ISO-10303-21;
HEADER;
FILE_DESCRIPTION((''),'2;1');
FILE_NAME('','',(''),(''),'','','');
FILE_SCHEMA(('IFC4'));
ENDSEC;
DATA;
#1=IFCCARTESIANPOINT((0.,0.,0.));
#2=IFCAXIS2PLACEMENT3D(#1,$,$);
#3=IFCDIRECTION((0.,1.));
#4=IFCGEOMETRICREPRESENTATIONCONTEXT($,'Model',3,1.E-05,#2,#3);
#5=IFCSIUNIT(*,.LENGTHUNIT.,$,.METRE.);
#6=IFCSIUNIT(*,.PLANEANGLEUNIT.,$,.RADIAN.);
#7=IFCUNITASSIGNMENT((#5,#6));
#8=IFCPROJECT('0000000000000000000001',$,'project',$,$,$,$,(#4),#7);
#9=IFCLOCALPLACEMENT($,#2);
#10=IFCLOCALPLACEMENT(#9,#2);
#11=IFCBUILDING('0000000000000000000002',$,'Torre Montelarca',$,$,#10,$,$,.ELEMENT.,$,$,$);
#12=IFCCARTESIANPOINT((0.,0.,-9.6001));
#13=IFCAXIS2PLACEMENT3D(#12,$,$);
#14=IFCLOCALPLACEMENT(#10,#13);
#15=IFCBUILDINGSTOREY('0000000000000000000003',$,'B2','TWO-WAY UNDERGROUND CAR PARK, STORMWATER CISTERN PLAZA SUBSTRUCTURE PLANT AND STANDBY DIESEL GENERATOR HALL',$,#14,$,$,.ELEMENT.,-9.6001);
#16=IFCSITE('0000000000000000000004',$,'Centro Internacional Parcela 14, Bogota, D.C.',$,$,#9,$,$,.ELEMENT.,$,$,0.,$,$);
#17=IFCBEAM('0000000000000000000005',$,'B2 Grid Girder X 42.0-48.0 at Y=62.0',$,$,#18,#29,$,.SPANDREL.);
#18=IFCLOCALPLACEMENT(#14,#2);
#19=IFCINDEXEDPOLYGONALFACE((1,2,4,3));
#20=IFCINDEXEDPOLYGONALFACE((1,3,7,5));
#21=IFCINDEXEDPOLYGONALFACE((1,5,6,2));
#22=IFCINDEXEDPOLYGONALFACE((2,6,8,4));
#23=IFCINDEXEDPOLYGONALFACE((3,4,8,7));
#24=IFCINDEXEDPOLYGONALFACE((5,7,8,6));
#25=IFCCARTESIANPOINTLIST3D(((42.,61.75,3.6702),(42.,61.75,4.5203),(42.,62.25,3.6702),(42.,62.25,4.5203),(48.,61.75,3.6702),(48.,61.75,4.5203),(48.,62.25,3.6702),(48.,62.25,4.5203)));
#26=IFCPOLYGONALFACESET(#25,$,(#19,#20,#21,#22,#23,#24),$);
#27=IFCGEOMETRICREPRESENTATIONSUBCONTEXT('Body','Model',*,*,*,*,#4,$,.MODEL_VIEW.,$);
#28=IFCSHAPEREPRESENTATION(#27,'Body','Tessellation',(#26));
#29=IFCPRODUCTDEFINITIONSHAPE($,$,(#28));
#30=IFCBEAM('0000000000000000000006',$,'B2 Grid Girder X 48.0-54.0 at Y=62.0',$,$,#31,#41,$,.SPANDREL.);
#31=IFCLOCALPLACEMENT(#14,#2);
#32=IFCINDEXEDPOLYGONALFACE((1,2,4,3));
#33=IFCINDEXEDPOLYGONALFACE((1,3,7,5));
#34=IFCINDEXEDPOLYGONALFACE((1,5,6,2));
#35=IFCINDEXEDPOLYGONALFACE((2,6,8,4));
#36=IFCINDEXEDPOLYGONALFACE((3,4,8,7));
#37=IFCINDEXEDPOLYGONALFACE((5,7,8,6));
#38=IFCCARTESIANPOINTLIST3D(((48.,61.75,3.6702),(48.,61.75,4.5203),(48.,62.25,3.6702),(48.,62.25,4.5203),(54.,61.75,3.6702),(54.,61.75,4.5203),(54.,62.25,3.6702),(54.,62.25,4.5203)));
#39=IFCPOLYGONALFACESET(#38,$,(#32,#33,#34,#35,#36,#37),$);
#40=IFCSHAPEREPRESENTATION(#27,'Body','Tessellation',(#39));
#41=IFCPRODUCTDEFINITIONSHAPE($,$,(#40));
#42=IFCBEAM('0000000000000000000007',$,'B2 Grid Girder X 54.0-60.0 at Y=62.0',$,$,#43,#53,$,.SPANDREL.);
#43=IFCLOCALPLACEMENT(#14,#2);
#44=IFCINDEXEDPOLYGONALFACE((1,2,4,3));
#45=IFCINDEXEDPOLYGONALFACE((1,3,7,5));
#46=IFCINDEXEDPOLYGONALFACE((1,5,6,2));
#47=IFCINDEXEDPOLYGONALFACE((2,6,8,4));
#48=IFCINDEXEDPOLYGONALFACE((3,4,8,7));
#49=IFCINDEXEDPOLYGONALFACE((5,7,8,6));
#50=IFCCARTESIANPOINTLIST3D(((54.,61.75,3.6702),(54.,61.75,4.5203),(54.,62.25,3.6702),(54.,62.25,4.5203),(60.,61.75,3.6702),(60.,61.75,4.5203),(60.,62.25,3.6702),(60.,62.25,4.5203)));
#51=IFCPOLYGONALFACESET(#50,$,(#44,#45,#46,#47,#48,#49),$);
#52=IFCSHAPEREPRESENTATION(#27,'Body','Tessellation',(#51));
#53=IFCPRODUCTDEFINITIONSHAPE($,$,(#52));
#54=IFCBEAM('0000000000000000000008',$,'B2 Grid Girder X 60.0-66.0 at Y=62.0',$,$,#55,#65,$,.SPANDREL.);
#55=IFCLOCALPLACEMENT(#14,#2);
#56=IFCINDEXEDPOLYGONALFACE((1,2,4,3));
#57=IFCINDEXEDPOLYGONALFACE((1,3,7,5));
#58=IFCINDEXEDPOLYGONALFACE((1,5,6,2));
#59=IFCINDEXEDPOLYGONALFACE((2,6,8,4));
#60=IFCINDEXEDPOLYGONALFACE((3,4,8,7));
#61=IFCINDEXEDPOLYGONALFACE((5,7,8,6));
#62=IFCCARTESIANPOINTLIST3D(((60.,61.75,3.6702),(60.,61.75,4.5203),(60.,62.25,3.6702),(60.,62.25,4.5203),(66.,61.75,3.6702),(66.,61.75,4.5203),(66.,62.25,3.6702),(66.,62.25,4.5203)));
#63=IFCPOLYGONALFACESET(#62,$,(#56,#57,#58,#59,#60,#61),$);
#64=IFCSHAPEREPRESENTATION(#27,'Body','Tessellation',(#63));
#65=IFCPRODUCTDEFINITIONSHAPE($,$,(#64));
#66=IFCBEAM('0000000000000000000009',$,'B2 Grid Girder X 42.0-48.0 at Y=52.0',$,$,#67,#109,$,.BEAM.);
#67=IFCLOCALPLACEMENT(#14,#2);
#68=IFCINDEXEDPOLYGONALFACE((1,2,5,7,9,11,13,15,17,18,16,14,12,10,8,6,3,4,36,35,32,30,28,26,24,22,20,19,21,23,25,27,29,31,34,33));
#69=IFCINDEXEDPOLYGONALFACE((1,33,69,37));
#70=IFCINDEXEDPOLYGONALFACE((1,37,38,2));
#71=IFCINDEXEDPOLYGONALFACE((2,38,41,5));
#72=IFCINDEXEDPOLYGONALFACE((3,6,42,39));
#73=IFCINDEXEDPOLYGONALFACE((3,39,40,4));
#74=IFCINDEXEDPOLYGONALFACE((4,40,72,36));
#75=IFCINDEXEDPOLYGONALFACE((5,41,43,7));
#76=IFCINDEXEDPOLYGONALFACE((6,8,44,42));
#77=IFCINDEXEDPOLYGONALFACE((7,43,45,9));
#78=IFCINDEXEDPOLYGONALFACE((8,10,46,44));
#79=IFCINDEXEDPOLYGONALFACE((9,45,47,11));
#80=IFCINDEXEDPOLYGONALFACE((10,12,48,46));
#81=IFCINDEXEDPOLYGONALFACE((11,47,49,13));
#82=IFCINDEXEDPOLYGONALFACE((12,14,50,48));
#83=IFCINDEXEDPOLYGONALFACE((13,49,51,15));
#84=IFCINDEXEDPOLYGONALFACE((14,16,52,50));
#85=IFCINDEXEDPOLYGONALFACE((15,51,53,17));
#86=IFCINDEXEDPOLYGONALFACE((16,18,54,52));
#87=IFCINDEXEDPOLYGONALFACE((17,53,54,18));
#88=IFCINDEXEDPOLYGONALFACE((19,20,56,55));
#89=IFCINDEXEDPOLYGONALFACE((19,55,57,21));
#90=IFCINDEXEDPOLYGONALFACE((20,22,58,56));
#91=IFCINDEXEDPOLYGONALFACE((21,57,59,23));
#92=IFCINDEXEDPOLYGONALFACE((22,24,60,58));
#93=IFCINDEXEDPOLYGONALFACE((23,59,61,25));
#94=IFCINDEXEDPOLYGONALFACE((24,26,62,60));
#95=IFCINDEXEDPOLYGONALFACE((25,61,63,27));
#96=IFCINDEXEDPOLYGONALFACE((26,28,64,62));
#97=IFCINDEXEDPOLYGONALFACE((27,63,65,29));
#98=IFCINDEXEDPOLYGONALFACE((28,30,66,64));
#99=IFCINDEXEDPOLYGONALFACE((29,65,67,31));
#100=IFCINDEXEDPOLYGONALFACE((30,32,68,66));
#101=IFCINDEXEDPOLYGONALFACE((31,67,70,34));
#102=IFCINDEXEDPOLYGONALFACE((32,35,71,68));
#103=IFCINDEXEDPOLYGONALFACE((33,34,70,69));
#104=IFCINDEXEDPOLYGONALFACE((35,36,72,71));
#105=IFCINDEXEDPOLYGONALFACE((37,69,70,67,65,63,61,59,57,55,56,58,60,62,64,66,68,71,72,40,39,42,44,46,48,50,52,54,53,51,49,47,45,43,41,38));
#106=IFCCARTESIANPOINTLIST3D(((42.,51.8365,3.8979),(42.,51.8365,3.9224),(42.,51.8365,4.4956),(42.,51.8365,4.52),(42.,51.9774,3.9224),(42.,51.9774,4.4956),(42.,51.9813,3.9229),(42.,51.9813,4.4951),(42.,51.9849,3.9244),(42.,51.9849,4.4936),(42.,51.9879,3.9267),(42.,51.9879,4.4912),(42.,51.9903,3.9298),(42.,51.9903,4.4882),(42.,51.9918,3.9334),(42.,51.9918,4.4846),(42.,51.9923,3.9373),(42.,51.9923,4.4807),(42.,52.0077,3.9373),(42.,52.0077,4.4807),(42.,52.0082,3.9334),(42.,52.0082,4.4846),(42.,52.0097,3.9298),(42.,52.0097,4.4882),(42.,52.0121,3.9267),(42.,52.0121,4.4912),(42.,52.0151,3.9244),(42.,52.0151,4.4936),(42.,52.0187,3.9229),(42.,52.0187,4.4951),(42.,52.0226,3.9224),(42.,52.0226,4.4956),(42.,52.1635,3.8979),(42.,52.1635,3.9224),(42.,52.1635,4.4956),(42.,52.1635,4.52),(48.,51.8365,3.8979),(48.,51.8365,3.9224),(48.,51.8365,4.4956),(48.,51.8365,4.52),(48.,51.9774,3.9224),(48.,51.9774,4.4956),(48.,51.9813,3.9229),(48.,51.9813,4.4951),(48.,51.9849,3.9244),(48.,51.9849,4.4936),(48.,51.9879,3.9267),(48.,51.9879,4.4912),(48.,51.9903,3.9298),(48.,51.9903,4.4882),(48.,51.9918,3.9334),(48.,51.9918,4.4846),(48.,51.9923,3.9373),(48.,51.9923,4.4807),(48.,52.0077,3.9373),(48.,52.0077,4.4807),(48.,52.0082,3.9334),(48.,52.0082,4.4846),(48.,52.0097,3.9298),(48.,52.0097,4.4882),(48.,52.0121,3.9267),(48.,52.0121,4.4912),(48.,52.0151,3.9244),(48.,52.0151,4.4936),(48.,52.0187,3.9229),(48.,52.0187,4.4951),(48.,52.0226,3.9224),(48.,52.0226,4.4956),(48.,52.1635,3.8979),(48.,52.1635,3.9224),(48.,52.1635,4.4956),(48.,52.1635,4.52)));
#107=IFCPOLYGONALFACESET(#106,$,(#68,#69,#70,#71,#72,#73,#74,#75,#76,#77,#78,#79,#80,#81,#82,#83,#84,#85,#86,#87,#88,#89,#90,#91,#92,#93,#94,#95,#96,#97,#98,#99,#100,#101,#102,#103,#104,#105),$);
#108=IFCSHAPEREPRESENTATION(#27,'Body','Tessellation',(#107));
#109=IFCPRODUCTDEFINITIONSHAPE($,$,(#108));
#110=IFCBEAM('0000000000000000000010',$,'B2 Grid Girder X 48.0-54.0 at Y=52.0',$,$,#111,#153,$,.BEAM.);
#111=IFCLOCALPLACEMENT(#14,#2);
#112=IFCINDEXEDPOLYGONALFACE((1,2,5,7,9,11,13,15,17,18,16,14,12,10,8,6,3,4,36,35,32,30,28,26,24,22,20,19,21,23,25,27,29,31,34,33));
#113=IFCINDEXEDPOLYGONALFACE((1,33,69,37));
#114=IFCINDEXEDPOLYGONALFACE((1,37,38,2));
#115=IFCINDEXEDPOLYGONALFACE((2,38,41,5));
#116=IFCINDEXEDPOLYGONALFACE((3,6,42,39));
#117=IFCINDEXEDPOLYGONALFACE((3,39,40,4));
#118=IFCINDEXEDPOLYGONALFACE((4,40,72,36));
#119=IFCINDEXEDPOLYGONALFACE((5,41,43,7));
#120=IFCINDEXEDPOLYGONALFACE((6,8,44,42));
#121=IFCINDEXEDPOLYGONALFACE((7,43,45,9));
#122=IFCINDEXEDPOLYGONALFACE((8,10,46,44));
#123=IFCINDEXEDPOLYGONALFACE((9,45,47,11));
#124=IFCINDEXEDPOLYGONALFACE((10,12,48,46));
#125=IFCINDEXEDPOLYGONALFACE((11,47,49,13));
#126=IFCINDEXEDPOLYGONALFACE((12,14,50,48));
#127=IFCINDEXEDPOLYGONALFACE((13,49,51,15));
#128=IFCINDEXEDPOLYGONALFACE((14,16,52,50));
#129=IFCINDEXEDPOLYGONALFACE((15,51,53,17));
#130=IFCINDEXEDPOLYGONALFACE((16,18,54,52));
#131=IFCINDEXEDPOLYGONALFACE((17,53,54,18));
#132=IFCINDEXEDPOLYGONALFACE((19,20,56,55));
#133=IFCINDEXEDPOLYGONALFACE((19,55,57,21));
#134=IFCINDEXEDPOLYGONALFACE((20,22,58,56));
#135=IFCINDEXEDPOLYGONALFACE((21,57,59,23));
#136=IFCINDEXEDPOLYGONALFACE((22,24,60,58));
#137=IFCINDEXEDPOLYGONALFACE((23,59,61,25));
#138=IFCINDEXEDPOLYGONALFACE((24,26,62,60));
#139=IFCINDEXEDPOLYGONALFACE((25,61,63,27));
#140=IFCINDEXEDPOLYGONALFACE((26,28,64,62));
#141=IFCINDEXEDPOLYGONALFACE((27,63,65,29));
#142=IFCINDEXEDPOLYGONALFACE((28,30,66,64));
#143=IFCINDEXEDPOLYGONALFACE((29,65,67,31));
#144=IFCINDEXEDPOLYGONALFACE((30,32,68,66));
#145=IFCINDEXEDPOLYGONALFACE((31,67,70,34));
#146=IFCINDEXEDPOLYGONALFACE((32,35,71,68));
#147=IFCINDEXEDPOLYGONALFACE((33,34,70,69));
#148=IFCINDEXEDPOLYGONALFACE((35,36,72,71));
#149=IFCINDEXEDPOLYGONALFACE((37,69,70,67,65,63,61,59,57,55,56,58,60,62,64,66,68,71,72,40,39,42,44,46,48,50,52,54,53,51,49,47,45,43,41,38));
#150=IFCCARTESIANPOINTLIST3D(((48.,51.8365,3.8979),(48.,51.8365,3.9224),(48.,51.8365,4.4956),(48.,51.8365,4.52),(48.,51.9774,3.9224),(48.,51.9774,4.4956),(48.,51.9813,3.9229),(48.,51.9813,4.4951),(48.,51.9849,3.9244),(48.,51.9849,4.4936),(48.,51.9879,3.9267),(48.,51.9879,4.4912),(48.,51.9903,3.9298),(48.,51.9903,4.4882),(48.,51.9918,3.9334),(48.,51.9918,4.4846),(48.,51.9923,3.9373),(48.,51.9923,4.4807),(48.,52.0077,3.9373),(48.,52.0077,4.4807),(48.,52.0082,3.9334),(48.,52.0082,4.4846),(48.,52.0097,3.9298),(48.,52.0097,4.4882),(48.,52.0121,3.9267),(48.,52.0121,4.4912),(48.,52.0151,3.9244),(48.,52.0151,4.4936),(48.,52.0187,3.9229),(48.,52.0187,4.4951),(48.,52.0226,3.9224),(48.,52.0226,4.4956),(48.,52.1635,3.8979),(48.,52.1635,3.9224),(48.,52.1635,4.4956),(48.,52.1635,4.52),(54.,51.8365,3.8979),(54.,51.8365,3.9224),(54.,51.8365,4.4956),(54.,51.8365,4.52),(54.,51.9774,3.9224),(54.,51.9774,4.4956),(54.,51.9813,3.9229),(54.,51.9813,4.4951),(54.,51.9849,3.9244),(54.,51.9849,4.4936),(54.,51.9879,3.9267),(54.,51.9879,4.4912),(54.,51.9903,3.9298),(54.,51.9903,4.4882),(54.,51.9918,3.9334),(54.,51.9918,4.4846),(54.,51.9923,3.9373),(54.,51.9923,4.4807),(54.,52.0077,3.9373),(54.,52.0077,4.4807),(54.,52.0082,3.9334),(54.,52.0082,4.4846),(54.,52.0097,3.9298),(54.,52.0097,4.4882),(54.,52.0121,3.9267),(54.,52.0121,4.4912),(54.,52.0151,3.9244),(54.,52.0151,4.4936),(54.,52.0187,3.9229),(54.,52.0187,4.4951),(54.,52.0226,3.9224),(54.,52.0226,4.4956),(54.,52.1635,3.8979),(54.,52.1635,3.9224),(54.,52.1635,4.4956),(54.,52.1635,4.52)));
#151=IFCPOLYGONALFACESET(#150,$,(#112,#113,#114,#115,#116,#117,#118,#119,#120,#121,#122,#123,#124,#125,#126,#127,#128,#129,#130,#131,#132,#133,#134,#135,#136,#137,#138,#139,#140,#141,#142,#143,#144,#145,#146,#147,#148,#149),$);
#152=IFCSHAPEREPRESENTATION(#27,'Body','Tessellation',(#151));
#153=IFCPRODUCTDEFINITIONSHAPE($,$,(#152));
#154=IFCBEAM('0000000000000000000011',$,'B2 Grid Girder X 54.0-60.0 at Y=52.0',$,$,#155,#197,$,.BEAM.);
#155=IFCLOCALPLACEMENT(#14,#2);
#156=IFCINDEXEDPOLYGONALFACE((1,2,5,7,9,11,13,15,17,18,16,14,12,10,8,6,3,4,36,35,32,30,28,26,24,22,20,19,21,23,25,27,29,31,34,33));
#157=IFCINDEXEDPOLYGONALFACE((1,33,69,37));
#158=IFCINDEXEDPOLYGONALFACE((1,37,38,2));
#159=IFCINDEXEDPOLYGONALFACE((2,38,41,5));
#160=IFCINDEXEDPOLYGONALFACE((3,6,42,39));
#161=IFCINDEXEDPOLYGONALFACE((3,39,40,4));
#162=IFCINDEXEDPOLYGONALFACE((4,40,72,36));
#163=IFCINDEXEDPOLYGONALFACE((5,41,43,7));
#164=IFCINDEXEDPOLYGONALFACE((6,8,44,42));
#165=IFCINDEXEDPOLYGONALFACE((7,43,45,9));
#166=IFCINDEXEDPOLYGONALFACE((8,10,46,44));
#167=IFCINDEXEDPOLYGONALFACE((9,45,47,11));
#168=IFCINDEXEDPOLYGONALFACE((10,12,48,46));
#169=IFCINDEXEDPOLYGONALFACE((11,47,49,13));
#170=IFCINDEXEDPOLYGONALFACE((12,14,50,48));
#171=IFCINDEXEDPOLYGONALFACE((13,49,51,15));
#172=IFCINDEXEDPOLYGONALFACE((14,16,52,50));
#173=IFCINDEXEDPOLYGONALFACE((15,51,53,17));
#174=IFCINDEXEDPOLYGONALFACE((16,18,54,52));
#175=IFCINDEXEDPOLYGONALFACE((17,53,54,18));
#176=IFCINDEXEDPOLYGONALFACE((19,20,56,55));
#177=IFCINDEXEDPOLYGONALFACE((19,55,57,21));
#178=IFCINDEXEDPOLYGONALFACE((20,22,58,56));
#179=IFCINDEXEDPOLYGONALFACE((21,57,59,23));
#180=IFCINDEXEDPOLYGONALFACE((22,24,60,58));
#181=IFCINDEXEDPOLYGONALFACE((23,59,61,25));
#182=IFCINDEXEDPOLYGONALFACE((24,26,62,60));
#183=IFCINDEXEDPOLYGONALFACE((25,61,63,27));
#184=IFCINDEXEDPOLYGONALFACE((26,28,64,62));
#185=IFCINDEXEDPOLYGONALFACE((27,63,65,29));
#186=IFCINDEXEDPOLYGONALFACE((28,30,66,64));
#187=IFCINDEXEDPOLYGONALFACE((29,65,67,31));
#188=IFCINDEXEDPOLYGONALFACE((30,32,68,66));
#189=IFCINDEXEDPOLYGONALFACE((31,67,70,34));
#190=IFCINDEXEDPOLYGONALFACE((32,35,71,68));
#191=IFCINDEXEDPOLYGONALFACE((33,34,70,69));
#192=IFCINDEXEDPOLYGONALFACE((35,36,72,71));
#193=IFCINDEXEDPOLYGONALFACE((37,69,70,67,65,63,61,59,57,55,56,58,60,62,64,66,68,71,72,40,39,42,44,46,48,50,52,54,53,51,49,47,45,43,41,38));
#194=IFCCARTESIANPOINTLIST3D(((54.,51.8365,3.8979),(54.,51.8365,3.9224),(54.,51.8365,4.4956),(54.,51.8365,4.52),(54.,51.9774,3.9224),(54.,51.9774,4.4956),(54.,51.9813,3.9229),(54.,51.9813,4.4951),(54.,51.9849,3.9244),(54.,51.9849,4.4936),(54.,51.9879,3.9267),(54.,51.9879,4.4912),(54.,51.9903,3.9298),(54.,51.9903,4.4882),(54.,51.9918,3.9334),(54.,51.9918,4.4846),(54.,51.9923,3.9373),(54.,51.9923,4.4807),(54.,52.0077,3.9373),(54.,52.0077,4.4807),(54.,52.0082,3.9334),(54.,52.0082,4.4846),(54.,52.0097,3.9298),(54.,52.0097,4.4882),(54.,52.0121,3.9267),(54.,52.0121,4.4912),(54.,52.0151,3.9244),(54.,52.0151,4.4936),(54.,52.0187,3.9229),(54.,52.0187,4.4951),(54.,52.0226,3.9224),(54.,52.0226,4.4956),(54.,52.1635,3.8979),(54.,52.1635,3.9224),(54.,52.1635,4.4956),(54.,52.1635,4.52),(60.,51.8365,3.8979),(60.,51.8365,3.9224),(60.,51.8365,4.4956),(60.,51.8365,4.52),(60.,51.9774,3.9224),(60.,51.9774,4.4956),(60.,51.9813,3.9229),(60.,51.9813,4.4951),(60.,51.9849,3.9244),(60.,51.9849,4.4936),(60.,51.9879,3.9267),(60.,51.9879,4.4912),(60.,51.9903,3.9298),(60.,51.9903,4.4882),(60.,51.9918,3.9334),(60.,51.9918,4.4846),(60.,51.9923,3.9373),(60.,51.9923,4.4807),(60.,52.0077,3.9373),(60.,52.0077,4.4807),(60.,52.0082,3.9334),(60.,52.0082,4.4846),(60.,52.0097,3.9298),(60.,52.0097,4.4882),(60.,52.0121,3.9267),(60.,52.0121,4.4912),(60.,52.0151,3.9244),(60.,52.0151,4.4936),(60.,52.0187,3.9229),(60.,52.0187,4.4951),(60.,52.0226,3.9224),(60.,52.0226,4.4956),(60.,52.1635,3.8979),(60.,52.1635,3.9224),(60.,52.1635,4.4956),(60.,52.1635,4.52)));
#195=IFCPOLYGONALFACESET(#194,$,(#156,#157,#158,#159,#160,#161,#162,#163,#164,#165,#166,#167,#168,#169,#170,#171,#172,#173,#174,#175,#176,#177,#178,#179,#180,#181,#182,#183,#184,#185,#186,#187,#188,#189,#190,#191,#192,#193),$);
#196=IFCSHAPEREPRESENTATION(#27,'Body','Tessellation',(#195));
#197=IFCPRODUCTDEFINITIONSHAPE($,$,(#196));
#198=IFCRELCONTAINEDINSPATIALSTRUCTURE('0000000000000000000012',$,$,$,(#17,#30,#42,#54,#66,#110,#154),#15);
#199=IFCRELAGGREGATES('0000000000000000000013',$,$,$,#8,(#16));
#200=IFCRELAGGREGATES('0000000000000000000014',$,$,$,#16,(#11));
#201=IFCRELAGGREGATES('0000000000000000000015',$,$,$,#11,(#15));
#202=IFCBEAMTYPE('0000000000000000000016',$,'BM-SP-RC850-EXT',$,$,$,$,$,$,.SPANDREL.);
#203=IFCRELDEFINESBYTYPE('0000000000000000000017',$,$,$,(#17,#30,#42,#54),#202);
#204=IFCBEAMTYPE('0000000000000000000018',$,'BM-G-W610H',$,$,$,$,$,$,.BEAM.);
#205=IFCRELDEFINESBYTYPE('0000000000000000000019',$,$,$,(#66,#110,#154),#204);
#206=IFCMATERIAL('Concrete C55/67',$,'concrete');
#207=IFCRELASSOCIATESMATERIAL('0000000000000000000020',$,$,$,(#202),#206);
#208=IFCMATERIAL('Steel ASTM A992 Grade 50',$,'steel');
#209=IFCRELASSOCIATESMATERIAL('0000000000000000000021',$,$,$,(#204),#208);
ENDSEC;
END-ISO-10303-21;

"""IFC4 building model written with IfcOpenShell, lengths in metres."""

from ifc_helpers import new_model, si_unit, direction, frame, origin, origin_2d, place, context, subcontext, project, spatial, rectangle, i_section, extrude, source, transform, mapped, material, material_profile, profile_set, type_object, element, save


model = new_model("IFC4")

# Units and contexts
model_context = context("Model", 3, precision=1e-05, world=origin(), true_north=direction((0.0, 1.0)))
body_context = subcontext(model_context, "Body", "Model", "MODEL_VIEW")
ifc_project = project(units=[si_unit("LENGTHUNIT", "METRE"), si_unit("PLANEANGLEUNIT", "RADIAN")], contexts=[model_context])

# Site, building, storey
site_placement = place(None, origin())
site = spatial("IfcSite", under=ifc_project, at=site_placement, Name="Centro Internacional Parcela 14, Bogota, D.C.", CompositionType="ELEMENT", RefElevation=0.0)
building_placement = place(site_placement, origin())
building = spatial("IfcBuilding", under=site, at=building_placement, Name="Torre Montelarca", CompositionType="ELEMENT")
storey_placement = place(building_placement, frame((0.0, 0.0, -9.6001)))
storey = spatial("IfcBuildingStorey", under=building, at=storey_placement, Name="B2", Description="TWO-WAY UNDERGROUND CAR PARK, STORMWATER CISTERN PLAZA SUBSTRUCTURE PLANT AND STANDBY DIESEL GENERATOR HALL", CompositionType="ELEMENT", Elevation=-9.6001)

# Beams
ifc_material_1 = material(Name="Concrete C55/67", Category="concrete")
ifc_material_profile_1 = material_profile(ifc_material_1, rectangle(XDim=0.5, YDim=0.8501, at=origin_2d()), Name="RCB500X850", Category="concrete")
ifc_profile_set_1 = profile_set([ifc_material_profile_1], Name="Concrete C55/67")
beam_type_1 = type_object("IfcBeamType", Name="BM-SP-RC850-EXT", PredefinedType="SPANDREL", material=ifc_profile_set_1)
shared_shape_1 = source(origin(), body_context, "Body", "SweptSolid", [
    extrude(rectangle(XDim=0.5, YDim=0.8501, at=origin_2d()), origin(), (0.0, 0.0, 1.0), 6.0),
])
for number, where, z_axis, x_axis, name in (
    (1, (42.0, 62.0, 4.0952), (1.0, 0.0, 0.0), (0.0, 1.0, 0.0), "B2 Grid Girder X 42.0-48.0 at Y=62.0"),
    (2, (48.0, 62.0, 4.0952), (1.0, 0.0, 0.0), (0.0, 1.0, 0.0), "B2 Grid Girder X 48.0-54.0 at Y=62.0"),
    (3, (54.0, 62.0, 4.0952), (1.0, 0.0, 0.0), (0.0, 1.0, 0.0), "B2 Grid Girder X 54.0-60.0 at Y=62.0"),
    (4, (60.0, 62.0, 4.0952), (1.0, 0.0, 0.0), (0.0, 1.0, 0.0), "B2 Grid Girder X 60.0-66.0 at Y=62.0"),
):
    element("IfcBeam", number, at=place(storey_placement, frame(where, z_axis=z_axis, x_axis=x_axis)), inside=storey, type_object=beam_type_1, Name=name, PredefinedType="SPANDREL", context=body_context, shape_type="MappedRepresentation", body=[
        mapped(shared_shape_1, transform((0.0, 0.0, 0.0), scale=1.0)),
    ])
ifc_material_2 = material(Name="Steel ASTM A992 Grade 50", Category="steel")
ifc_material_profile_2 = material_profile(ifc_material_2, i_section(OverallWidth=0.3269, OverallDepth=0.6221, WebThickness=0.0154, FlangeThickness=0.0244, FilletRadius=0.0149, at=origin_2d()), Name="W610X195", Category="steel")
ifc_profile_set_2 = profile_set([ifc_material_profile_2], Name="Steel ASTM A992 Grade 50")
beam_type_2 = type_object("IfcBeamType", Name="BM-G-W610H", PredefinedType="BEAM", material=ifc_profile_set_2)
shared_shape_2 = source(origin(), body_context, "Body", "SweptSolid", [
    extrude(i_section(OverallWidth=0.3269, OverallDepth=0.6221, WebThickness=0.0154, FlangeThickness=0.0244, FilletRadius=0.0149, at=origin_2d()), origin(), (0.0, 0.0, 1.0), 6.0),
])
for number, where, z_axis, x_axis, name in (
    (5, (42.0, 52.0, 4.209), (1.0, 0.0, 0.0), (0.0, 1.0, 0.0), "B2 Grid Girder X 42.0-48.0 at Y=52.0"),
    (6, (48.0, 52.0, 4.209), (1.0, 0.0, 0.0), (0.0, 1.0, 0.0), "B2 Grid Girder X 48.0-54.0 at Y=52.0"),
    (7, (54.0, 52.0, 4.209), (1.0, 0.0, 0.0), (0.0, 1.0, 0.0), "B2 Grid Girder X 54.0-60.0 at Y=52.0"),
):
    element("IfcBeam", number, at=place(storey_placement, frame(where, z_axis=z_axis, x_axis=x_axis)), inside=storey, type_object=beam_type_2, Name=name, PredefinedType="BEAM", context=body_context, shape_type="MappedRepresentation", body=[
        mapped(shared_shape_2, transform((0.0, 0.0, 0.0), scale=1.0)),
    ])

save(model, "model.ifc")
